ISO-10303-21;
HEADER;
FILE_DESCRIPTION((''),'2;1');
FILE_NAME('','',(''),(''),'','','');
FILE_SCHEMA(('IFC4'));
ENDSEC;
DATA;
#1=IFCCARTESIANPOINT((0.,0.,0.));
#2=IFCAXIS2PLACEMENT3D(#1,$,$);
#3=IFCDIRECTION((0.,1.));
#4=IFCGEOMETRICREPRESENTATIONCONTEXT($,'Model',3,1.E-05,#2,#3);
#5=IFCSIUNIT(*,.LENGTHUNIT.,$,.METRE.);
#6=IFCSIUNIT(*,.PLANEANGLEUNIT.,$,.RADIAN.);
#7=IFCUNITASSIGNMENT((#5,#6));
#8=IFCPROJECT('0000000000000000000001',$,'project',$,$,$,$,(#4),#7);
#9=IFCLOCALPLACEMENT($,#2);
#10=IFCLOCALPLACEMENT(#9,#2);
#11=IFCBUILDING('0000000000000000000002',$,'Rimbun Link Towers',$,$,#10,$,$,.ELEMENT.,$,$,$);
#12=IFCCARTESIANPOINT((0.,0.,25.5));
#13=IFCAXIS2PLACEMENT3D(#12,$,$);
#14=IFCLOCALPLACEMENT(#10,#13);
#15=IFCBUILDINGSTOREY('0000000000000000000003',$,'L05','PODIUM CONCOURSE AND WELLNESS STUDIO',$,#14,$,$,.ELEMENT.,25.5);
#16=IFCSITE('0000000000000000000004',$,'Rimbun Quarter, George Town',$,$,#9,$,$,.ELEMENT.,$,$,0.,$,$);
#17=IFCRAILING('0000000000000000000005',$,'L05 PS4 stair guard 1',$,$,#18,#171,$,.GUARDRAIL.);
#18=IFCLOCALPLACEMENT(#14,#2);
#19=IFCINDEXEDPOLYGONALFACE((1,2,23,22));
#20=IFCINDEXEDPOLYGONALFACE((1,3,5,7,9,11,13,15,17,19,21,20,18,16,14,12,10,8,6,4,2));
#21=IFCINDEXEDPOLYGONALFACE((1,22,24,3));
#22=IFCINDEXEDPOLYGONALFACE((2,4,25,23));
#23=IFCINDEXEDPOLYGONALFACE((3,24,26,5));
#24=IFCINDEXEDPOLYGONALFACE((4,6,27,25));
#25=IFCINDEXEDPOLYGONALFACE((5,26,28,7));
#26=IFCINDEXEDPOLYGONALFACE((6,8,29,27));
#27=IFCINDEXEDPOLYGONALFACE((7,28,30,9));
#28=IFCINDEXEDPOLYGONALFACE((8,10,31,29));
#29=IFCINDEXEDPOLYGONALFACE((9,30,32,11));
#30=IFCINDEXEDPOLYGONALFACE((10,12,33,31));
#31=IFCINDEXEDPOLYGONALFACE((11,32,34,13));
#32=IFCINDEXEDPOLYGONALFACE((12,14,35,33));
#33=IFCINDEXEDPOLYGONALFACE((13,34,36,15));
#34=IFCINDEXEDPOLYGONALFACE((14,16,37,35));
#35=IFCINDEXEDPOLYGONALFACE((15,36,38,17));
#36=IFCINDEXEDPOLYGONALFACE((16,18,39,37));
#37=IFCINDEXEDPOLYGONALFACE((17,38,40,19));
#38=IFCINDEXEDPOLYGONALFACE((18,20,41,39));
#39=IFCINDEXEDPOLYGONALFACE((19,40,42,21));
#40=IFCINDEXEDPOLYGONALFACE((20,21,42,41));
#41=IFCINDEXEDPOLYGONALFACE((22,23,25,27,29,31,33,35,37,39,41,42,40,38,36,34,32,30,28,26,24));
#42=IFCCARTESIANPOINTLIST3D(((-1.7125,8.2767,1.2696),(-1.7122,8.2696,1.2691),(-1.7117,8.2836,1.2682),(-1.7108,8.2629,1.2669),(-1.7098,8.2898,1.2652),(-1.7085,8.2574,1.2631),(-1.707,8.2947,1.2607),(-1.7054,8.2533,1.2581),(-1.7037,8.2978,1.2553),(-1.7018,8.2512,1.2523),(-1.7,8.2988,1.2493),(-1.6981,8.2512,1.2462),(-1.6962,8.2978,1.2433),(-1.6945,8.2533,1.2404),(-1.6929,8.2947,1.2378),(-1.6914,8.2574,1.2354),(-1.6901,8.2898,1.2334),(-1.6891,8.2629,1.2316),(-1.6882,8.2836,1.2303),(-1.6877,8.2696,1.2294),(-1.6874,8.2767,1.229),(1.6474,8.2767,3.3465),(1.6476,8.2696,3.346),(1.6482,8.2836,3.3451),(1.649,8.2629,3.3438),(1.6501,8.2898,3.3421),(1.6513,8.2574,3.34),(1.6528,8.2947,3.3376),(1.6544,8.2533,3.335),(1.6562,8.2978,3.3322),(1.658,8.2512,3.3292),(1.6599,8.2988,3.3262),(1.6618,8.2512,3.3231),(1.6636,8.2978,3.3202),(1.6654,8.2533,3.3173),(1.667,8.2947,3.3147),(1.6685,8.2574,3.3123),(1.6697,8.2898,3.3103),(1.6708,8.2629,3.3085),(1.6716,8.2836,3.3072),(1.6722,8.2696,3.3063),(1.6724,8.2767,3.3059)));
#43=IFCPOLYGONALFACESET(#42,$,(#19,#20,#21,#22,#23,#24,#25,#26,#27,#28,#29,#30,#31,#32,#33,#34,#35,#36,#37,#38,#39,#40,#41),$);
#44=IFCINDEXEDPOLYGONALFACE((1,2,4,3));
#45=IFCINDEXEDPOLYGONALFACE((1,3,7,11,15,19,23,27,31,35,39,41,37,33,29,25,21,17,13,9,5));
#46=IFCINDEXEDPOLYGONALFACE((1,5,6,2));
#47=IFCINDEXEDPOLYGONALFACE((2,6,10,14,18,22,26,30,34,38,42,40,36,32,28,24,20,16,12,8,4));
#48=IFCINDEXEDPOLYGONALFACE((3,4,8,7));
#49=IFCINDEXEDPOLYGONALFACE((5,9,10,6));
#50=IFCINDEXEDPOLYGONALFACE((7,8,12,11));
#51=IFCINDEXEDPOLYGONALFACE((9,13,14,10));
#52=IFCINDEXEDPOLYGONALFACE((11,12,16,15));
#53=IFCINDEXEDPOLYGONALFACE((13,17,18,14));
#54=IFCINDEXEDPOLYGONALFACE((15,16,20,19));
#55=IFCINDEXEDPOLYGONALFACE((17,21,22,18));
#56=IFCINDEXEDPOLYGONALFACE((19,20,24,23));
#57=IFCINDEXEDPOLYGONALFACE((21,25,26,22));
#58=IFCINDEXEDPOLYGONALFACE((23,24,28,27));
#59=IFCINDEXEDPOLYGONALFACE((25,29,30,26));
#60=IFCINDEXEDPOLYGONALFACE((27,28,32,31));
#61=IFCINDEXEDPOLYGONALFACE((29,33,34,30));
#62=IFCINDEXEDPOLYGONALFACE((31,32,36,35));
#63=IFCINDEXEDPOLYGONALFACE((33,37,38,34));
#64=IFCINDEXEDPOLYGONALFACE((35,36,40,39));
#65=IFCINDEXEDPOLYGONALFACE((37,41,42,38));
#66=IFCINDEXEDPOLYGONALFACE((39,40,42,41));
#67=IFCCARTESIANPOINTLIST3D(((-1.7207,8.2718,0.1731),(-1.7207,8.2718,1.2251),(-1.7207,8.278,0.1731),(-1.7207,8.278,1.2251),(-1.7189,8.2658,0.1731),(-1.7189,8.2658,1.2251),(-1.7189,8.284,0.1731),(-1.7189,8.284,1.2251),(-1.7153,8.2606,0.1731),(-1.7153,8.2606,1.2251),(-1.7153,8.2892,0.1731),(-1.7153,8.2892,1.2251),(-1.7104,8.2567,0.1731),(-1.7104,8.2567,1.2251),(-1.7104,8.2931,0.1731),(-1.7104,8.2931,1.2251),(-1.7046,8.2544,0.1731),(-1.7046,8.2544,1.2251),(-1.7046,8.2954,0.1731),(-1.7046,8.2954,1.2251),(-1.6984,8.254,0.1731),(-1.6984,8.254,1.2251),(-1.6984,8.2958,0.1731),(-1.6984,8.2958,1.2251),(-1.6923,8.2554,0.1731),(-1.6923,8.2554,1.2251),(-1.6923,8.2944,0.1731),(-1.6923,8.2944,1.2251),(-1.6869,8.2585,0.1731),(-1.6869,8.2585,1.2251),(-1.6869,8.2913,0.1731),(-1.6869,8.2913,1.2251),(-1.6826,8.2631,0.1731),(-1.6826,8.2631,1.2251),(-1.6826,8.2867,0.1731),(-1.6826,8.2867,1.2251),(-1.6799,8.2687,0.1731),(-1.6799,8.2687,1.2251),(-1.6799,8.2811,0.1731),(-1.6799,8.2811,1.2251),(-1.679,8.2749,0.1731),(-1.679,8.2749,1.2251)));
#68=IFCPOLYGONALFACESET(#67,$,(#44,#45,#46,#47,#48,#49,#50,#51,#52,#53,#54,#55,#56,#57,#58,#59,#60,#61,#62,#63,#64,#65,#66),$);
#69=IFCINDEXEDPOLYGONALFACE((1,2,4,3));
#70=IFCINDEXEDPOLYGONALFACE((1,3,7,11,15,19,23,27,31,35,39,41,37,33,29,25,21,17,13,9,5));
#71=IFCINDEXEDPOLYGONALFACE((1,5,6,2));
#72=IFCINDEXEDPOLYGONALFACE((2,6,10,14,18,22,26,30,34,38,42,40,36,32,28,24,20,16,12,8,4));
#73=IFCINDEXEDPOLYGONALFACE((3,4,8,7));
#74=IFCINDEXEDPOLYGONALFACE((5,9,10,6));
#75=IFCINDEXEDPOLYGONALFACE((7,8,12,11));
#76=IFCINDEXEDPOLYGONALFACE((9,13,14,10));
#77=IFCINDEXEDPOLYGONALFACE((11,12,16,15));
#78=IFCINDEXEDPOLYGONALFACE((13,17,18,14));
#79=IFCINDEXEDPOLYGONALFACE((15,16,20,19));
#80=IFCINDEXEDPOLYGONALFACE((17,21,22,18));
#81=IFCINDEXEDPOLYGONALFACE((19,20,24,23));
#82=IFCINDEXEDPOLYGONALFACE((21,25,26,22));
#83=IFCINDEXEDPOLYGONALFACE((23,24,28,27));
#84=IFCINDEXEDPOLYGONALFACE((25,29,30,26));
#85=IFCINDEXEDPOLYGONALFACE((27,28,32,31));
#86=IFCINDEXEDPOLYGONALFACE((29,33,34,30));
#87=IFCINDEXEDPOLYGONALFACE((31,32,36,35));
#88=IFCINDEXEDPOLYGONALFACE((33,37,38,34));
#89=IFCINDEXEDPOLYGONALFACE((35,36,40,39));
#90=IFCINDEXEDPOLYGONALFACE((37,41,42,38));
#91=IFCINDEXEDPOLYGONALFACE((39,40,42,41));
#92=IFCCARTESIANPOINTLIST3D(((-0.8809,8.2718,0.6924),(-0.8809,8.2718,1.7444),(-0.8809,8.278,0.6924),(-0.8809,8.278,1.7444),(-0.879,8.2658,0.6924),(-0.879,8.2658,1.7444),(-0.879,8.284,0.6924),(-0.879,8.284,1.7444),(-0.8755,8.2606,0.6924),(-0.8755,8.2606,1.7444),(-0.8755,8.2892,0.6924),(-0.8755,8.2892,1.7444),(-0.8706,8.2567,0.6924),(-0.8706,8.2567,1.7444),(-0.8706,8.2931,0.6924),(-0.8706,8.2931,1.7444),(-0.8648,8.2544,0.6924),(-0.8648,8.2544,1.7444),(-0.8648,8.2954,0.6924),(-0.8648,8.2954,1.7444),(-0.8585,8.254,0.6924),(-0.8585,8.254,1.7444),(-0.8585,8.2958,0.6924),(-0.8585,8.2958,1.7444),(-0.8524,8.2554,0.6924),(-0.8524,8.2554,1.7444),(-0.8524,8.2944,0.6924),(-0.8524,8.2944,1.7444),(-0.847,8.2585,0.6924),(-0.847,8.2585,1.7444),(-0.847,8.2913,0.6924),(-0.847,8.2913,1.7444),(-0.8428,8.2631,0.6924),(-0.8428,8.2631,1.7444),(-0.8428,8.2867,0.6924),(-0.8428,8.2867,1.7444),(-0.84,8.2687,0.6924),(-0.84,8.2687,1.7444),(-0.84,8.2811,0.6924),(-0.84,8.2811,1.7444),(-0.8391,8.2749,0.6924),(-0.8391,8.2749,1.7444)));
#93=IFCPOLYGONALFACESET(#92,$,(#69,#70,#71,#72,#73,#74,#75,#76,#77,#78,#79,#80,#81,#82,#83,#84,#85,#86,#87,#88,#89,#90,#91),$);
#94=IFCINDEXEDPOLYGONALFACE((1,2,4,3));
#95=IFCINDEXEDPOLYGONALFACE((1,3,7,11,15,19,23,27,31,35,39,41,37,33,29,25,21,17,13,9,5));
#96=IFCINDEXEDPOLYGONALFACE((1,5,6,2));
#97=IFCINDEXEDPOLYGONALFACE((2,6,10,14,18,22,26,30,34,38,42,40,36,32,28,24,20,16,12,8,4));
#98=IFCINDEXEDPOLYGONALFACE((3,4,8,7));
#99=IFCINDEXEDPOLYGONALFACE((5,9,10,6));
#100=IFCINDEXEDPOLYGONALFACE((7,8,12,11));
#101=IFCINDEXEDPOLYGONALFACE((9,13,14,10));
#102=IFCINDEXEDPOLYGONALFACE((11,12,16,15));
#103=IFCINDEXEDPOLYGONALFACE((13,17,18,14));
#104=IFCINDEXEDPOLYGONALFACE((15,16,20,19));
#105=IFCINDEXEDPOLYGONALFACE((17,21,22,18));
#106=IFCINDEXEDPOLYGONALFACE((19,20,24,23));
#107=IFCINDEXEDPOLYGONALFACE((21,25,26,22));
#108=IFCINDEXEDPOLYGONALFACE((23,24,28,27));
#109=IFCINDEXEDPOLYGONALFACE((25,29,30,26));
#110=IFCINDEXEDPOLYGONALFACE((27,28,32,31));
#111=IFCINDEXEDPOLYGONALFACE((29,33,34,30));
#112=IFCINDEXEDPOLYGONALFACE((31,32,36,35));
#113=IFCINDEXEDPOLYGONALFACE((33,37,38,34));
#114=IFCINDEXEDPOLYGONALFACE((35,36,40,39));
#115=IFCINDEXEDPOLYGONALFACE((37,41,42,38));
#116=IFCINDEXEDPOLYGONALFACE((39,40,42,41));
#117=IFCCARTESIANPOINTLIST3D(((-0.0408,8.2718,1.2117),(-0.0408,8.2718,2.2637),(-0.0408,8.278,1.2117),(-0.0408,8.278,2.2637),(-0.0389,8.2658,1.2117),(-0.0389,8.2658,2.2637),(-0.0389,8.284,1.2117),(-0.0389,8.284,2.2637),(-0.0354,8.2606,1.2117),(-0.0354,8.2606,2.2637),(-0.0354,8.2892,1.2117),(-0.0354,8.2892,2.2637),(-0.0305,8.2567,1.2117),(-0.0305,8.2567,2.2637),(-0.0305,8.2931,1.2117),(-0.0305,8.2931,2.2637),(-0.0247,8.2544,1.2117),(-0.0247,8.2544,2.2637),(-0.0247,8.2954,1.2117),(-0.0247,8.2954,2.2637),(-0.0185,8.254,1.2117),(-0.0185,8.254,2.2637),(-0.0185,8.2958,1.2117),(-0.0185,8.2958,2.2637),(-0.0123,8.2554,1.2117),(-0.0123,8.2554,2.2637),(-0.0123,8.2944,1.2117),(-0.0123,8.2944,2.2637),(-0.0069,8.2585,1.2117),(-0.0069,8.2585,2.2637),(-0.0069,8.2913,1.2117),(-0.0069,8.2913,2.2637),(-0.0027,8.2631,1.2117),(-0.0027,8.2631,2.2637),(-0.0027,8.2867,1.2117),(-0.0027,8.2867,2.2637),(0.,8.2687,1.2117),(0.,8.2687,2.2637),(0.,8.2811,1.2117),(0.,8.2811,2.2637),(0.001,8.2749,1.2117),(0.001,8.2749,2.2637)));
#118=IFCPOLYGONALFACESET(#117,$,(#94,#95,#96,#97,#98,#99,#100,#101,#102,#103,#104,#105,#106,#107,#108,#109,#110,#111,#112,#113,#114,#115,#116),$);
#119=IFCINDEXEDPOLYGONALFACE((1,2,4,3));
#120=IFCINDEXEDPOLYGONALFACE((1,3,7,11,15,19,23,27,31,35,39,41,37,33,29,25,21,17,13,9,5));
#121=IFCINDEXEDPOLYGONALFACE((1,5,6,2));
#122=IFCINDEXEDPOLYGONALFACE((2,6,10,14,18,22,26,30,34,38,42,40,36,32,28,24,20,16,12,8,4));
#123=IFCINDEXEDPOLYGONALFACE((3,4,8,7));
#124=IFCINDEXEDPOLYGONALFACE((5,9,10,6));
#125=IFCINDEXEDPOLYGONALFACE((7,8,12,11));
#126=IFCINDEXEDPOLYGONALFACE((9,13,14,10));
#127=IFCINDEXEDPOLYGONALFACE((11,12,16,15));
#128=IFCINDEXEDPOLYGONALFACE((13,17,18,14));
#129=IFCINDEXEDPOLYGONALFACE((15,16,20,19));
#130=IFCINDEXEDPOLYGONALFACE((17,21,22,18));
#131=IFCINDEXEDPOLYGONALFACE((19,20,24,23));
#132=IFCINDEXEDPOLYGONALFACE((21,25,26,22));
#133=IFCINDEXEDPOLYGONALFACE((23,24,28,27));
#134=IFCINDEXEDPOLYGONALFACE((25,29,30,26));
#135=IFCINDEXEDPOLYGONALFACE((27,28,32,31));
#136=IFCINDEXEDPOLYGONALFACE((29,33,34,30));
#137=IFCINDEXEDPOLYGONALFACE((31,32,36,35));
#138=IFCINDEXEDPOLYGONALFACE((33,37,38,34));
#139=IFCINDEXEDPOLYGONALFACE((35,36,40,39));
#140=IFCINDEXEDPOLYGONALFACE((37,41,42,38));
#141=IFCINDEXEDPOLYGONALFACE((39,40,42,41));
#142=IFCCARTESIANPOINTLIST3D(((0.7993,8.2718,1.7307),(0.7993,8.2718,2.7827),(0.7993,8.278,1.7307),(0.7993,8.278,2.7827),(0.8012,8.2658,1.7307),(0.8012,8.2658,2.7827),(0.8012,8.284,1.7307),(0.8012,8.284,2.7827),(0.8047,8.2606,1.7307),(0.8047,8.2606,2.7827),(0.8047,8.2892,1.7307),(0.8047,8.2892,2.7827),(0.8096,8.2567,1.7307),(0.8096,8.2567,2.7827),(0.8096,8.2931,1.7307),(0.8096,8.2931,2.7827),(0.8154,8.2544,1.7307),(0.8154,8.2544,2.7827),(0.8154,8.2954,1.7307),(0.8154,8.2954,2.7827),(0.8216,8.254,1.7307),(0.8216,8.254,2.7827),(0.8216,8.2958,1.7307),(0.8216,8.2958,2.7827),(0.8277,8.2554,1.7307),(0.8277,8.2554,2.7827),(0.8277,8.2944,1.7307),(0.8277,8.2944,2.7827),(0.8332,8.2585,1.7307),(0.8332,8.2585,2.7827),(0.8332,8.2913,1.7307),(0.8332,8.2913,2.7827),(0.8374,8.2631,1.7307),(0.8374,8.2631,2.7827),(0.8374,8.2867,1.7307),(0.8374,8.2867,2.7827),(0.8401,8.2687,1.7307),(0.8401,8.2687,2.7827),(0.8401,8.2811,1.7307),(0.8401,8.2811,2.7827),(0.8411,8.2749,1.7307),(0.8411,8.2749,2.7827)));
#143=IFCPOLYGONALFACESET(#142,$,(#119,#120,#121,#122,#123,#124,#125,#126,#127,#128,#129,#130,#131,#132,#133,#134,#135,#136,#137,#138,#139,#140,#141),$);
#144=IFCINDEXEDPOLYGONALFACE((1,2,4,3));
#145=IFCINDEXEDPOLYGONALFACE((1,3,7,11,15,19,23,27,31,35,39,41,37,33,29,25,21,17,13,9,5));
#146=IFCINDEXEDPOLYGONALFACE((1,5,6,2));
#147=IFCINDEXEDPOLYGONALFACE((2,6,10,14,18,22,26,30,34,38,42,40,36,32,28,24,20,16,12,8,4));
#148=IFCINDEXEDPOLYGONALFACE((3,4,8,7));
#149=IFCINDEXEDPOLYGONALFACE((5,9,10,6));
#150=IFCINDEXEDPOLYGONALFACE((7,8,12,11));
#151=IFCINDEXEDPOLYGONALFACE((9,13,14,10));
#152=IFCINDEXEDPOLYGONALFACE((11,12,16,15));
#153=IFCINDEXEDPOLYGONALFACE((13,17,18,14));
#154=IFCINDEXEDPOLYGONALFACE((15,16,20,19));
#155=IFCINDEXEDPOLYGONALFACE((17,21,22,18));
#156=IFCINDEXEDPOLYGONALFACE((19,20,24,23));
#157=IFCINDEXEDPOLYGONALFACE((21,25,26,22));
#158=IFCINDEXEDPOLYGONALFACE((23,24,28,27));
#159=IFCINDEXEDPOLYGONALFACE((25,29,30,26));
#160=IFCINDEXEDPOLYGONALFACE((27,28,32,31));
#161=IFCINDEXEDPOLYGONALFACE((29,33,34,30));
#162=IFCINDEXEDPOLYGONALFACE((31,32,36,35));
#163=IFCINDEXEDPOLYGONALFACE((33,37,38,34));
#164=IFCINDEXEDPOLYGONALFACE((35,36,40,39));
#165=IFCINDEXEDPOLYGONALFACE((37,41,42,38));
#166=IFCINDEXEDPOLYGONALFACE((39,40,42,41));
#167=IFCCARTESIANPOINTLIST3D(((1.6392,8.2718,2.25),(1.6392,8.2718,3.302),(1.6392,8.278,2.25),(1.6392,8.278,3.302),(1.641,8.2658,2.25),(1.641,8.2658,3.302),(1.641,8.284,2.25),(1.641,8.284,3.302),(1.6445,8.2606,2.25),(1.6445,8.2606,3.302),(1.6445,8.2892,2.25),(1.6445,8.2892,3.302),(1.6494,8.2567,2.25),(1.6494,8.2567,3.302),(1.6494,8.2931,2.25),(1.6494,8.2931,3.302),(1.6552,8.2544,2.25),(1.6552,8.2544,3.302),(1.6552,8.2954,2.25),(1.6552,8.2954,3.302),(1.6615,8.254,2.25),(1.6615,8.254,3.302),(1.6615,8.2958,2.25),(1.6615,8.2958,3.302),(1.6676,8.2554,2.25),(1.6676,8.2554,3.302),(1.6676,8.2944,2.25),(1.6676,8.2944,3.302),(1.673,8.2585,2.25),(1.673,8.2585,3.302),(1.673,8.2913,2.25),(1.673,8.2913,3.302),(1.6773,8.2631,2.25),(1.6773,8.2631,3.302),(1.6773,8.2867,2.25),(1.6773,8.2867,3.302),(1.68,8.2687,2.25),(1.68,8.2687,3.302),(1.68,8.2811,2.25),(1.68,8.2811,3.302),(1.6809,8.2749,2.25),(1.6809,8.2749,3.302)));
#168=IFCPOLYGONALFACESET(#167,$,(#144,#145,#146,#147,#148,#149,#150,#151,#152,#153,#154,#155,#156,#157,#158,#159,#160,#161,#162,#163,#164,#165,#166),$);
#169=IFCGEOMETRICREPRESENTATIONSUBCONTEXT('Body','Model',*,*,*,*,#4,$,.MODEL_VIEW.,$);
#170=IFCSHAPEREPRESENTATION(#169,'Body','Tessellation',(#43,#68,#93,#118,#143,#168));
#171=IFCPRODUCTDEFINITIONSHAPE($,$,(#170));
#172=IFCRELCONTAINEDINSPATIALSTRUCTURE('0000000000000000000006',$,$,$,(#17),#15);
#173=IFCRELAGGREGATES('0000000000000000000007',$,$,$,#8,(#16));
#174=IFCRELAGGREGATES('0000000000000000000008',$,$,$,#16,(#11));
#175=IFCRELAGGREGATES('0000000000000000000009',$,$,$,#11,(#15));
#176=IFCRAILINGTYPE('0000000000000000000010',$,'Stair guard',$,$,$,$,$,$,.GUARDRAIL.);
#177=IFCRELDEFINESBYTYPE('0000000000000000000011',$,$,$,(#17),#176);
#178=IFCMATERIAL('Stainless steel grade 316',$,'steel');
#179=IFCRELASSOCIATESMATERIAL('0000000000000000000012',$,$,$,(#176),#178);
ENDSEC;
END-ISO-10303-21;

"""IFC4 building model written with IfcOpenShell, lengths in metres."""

from ifc_helpers import new_model, si_unit, direction, frame, origin, origin_2d, place, context, subcontext, project, spatial, circle, extrude, material, type_object, element, save


model = new_model("IFC4")

# Units and contexts
model_context = context("Model", 3, precision=1e-05, world=origin(), true_north=direction((0.0, 1.0)))
body_context = subcontext(model_context, "Body", "Model", "MODEL_VIEW")
ifc_project = project(units=[si_unit("LENGTHUNIT", "METRE"), si_unit("PLANEANGLEUNIT", "RADIAN")], contexts=[model_context])

# Site, building, storey
site_placement = place(None, origin())
site = spatial("IfcSite", under=ifc_project, at=site_placement, Name="Rimbun Quarter, George Town", CompositionType="ELEMENT", RefElevation=0.0)
building_placement = place(site_placement, origin())
building = spatial("IfcBuilding", under=site, at=building_placement, Name="Rimbun Link Towers", CompositionType="ELEMENT")
storey_placement = place(building_placement, frame((0.0, 0.0, 25.5)))
storey = spatial("IfcBuildingStorey", under=building, at=storey_placement, Name="L05", Description="PODIUM CONCOURSE AND WELLNESS STUDIO", CompositionType="ELEMENT", Elevation=25.5)

# Railing
ifc_material_1 = material(Name="Stainless steel grade 316", Category="steel")
railing_type_1 = type_object("IfcRailingType", Name="Stair guard", PredefinedType="GUARDRAIL", material=ifc_material_1)
railing_1_placement = place(storey_placement, frame((-1.7, 8.2749, 0.1731)))
element("IfcRailing", 1, at=railing_1_placement, inside=storey, type_object=railing_type_1, Name="L05 PS4 stair guard 1", PredefinedType="GUARDRAIL", context=body_context, shape_type="SweptSolid", body=[
    extrude(circle(Radius=0.0239, at=origin_2d()), frame((0.0, 0.0, 1.0762), z_axis=(0.850606, 0.0, 0.525803), x_axis=(0.0, 1.0, 0.0)), (0.0, 0.0, 1.0), 3.95),
    extrude(circle(Radius=0.021, at=origin_2d()), origin(), (0.0, 0.0, 1.0), 1.052),
    extrude(circle(Radius=0.021, at=origin_2d()), frame((0.8398, 0.0, 0.5193)), (0.0, 0.0, 1.0), 1.052),
    extrude(circle(Radius=0.021, at=origin_2d()), frame((1.6799, 0.0, 1.0386)), (0.0, 0.0, 1.0), 1.052),
    extrude(circle(Radius=0.021, at=origin_2d()), frame((2.52, 0.0, 1.5576)), (0.0, 0.0, 1.0), 1.052),
    extrude(circle(Radius=0.021, at=origin_2d()), frame((3.3599, 0.0, 2.0769)), (0.0, 0.0, 1.0), 1.052),
])

save(model, "model.ifc")
